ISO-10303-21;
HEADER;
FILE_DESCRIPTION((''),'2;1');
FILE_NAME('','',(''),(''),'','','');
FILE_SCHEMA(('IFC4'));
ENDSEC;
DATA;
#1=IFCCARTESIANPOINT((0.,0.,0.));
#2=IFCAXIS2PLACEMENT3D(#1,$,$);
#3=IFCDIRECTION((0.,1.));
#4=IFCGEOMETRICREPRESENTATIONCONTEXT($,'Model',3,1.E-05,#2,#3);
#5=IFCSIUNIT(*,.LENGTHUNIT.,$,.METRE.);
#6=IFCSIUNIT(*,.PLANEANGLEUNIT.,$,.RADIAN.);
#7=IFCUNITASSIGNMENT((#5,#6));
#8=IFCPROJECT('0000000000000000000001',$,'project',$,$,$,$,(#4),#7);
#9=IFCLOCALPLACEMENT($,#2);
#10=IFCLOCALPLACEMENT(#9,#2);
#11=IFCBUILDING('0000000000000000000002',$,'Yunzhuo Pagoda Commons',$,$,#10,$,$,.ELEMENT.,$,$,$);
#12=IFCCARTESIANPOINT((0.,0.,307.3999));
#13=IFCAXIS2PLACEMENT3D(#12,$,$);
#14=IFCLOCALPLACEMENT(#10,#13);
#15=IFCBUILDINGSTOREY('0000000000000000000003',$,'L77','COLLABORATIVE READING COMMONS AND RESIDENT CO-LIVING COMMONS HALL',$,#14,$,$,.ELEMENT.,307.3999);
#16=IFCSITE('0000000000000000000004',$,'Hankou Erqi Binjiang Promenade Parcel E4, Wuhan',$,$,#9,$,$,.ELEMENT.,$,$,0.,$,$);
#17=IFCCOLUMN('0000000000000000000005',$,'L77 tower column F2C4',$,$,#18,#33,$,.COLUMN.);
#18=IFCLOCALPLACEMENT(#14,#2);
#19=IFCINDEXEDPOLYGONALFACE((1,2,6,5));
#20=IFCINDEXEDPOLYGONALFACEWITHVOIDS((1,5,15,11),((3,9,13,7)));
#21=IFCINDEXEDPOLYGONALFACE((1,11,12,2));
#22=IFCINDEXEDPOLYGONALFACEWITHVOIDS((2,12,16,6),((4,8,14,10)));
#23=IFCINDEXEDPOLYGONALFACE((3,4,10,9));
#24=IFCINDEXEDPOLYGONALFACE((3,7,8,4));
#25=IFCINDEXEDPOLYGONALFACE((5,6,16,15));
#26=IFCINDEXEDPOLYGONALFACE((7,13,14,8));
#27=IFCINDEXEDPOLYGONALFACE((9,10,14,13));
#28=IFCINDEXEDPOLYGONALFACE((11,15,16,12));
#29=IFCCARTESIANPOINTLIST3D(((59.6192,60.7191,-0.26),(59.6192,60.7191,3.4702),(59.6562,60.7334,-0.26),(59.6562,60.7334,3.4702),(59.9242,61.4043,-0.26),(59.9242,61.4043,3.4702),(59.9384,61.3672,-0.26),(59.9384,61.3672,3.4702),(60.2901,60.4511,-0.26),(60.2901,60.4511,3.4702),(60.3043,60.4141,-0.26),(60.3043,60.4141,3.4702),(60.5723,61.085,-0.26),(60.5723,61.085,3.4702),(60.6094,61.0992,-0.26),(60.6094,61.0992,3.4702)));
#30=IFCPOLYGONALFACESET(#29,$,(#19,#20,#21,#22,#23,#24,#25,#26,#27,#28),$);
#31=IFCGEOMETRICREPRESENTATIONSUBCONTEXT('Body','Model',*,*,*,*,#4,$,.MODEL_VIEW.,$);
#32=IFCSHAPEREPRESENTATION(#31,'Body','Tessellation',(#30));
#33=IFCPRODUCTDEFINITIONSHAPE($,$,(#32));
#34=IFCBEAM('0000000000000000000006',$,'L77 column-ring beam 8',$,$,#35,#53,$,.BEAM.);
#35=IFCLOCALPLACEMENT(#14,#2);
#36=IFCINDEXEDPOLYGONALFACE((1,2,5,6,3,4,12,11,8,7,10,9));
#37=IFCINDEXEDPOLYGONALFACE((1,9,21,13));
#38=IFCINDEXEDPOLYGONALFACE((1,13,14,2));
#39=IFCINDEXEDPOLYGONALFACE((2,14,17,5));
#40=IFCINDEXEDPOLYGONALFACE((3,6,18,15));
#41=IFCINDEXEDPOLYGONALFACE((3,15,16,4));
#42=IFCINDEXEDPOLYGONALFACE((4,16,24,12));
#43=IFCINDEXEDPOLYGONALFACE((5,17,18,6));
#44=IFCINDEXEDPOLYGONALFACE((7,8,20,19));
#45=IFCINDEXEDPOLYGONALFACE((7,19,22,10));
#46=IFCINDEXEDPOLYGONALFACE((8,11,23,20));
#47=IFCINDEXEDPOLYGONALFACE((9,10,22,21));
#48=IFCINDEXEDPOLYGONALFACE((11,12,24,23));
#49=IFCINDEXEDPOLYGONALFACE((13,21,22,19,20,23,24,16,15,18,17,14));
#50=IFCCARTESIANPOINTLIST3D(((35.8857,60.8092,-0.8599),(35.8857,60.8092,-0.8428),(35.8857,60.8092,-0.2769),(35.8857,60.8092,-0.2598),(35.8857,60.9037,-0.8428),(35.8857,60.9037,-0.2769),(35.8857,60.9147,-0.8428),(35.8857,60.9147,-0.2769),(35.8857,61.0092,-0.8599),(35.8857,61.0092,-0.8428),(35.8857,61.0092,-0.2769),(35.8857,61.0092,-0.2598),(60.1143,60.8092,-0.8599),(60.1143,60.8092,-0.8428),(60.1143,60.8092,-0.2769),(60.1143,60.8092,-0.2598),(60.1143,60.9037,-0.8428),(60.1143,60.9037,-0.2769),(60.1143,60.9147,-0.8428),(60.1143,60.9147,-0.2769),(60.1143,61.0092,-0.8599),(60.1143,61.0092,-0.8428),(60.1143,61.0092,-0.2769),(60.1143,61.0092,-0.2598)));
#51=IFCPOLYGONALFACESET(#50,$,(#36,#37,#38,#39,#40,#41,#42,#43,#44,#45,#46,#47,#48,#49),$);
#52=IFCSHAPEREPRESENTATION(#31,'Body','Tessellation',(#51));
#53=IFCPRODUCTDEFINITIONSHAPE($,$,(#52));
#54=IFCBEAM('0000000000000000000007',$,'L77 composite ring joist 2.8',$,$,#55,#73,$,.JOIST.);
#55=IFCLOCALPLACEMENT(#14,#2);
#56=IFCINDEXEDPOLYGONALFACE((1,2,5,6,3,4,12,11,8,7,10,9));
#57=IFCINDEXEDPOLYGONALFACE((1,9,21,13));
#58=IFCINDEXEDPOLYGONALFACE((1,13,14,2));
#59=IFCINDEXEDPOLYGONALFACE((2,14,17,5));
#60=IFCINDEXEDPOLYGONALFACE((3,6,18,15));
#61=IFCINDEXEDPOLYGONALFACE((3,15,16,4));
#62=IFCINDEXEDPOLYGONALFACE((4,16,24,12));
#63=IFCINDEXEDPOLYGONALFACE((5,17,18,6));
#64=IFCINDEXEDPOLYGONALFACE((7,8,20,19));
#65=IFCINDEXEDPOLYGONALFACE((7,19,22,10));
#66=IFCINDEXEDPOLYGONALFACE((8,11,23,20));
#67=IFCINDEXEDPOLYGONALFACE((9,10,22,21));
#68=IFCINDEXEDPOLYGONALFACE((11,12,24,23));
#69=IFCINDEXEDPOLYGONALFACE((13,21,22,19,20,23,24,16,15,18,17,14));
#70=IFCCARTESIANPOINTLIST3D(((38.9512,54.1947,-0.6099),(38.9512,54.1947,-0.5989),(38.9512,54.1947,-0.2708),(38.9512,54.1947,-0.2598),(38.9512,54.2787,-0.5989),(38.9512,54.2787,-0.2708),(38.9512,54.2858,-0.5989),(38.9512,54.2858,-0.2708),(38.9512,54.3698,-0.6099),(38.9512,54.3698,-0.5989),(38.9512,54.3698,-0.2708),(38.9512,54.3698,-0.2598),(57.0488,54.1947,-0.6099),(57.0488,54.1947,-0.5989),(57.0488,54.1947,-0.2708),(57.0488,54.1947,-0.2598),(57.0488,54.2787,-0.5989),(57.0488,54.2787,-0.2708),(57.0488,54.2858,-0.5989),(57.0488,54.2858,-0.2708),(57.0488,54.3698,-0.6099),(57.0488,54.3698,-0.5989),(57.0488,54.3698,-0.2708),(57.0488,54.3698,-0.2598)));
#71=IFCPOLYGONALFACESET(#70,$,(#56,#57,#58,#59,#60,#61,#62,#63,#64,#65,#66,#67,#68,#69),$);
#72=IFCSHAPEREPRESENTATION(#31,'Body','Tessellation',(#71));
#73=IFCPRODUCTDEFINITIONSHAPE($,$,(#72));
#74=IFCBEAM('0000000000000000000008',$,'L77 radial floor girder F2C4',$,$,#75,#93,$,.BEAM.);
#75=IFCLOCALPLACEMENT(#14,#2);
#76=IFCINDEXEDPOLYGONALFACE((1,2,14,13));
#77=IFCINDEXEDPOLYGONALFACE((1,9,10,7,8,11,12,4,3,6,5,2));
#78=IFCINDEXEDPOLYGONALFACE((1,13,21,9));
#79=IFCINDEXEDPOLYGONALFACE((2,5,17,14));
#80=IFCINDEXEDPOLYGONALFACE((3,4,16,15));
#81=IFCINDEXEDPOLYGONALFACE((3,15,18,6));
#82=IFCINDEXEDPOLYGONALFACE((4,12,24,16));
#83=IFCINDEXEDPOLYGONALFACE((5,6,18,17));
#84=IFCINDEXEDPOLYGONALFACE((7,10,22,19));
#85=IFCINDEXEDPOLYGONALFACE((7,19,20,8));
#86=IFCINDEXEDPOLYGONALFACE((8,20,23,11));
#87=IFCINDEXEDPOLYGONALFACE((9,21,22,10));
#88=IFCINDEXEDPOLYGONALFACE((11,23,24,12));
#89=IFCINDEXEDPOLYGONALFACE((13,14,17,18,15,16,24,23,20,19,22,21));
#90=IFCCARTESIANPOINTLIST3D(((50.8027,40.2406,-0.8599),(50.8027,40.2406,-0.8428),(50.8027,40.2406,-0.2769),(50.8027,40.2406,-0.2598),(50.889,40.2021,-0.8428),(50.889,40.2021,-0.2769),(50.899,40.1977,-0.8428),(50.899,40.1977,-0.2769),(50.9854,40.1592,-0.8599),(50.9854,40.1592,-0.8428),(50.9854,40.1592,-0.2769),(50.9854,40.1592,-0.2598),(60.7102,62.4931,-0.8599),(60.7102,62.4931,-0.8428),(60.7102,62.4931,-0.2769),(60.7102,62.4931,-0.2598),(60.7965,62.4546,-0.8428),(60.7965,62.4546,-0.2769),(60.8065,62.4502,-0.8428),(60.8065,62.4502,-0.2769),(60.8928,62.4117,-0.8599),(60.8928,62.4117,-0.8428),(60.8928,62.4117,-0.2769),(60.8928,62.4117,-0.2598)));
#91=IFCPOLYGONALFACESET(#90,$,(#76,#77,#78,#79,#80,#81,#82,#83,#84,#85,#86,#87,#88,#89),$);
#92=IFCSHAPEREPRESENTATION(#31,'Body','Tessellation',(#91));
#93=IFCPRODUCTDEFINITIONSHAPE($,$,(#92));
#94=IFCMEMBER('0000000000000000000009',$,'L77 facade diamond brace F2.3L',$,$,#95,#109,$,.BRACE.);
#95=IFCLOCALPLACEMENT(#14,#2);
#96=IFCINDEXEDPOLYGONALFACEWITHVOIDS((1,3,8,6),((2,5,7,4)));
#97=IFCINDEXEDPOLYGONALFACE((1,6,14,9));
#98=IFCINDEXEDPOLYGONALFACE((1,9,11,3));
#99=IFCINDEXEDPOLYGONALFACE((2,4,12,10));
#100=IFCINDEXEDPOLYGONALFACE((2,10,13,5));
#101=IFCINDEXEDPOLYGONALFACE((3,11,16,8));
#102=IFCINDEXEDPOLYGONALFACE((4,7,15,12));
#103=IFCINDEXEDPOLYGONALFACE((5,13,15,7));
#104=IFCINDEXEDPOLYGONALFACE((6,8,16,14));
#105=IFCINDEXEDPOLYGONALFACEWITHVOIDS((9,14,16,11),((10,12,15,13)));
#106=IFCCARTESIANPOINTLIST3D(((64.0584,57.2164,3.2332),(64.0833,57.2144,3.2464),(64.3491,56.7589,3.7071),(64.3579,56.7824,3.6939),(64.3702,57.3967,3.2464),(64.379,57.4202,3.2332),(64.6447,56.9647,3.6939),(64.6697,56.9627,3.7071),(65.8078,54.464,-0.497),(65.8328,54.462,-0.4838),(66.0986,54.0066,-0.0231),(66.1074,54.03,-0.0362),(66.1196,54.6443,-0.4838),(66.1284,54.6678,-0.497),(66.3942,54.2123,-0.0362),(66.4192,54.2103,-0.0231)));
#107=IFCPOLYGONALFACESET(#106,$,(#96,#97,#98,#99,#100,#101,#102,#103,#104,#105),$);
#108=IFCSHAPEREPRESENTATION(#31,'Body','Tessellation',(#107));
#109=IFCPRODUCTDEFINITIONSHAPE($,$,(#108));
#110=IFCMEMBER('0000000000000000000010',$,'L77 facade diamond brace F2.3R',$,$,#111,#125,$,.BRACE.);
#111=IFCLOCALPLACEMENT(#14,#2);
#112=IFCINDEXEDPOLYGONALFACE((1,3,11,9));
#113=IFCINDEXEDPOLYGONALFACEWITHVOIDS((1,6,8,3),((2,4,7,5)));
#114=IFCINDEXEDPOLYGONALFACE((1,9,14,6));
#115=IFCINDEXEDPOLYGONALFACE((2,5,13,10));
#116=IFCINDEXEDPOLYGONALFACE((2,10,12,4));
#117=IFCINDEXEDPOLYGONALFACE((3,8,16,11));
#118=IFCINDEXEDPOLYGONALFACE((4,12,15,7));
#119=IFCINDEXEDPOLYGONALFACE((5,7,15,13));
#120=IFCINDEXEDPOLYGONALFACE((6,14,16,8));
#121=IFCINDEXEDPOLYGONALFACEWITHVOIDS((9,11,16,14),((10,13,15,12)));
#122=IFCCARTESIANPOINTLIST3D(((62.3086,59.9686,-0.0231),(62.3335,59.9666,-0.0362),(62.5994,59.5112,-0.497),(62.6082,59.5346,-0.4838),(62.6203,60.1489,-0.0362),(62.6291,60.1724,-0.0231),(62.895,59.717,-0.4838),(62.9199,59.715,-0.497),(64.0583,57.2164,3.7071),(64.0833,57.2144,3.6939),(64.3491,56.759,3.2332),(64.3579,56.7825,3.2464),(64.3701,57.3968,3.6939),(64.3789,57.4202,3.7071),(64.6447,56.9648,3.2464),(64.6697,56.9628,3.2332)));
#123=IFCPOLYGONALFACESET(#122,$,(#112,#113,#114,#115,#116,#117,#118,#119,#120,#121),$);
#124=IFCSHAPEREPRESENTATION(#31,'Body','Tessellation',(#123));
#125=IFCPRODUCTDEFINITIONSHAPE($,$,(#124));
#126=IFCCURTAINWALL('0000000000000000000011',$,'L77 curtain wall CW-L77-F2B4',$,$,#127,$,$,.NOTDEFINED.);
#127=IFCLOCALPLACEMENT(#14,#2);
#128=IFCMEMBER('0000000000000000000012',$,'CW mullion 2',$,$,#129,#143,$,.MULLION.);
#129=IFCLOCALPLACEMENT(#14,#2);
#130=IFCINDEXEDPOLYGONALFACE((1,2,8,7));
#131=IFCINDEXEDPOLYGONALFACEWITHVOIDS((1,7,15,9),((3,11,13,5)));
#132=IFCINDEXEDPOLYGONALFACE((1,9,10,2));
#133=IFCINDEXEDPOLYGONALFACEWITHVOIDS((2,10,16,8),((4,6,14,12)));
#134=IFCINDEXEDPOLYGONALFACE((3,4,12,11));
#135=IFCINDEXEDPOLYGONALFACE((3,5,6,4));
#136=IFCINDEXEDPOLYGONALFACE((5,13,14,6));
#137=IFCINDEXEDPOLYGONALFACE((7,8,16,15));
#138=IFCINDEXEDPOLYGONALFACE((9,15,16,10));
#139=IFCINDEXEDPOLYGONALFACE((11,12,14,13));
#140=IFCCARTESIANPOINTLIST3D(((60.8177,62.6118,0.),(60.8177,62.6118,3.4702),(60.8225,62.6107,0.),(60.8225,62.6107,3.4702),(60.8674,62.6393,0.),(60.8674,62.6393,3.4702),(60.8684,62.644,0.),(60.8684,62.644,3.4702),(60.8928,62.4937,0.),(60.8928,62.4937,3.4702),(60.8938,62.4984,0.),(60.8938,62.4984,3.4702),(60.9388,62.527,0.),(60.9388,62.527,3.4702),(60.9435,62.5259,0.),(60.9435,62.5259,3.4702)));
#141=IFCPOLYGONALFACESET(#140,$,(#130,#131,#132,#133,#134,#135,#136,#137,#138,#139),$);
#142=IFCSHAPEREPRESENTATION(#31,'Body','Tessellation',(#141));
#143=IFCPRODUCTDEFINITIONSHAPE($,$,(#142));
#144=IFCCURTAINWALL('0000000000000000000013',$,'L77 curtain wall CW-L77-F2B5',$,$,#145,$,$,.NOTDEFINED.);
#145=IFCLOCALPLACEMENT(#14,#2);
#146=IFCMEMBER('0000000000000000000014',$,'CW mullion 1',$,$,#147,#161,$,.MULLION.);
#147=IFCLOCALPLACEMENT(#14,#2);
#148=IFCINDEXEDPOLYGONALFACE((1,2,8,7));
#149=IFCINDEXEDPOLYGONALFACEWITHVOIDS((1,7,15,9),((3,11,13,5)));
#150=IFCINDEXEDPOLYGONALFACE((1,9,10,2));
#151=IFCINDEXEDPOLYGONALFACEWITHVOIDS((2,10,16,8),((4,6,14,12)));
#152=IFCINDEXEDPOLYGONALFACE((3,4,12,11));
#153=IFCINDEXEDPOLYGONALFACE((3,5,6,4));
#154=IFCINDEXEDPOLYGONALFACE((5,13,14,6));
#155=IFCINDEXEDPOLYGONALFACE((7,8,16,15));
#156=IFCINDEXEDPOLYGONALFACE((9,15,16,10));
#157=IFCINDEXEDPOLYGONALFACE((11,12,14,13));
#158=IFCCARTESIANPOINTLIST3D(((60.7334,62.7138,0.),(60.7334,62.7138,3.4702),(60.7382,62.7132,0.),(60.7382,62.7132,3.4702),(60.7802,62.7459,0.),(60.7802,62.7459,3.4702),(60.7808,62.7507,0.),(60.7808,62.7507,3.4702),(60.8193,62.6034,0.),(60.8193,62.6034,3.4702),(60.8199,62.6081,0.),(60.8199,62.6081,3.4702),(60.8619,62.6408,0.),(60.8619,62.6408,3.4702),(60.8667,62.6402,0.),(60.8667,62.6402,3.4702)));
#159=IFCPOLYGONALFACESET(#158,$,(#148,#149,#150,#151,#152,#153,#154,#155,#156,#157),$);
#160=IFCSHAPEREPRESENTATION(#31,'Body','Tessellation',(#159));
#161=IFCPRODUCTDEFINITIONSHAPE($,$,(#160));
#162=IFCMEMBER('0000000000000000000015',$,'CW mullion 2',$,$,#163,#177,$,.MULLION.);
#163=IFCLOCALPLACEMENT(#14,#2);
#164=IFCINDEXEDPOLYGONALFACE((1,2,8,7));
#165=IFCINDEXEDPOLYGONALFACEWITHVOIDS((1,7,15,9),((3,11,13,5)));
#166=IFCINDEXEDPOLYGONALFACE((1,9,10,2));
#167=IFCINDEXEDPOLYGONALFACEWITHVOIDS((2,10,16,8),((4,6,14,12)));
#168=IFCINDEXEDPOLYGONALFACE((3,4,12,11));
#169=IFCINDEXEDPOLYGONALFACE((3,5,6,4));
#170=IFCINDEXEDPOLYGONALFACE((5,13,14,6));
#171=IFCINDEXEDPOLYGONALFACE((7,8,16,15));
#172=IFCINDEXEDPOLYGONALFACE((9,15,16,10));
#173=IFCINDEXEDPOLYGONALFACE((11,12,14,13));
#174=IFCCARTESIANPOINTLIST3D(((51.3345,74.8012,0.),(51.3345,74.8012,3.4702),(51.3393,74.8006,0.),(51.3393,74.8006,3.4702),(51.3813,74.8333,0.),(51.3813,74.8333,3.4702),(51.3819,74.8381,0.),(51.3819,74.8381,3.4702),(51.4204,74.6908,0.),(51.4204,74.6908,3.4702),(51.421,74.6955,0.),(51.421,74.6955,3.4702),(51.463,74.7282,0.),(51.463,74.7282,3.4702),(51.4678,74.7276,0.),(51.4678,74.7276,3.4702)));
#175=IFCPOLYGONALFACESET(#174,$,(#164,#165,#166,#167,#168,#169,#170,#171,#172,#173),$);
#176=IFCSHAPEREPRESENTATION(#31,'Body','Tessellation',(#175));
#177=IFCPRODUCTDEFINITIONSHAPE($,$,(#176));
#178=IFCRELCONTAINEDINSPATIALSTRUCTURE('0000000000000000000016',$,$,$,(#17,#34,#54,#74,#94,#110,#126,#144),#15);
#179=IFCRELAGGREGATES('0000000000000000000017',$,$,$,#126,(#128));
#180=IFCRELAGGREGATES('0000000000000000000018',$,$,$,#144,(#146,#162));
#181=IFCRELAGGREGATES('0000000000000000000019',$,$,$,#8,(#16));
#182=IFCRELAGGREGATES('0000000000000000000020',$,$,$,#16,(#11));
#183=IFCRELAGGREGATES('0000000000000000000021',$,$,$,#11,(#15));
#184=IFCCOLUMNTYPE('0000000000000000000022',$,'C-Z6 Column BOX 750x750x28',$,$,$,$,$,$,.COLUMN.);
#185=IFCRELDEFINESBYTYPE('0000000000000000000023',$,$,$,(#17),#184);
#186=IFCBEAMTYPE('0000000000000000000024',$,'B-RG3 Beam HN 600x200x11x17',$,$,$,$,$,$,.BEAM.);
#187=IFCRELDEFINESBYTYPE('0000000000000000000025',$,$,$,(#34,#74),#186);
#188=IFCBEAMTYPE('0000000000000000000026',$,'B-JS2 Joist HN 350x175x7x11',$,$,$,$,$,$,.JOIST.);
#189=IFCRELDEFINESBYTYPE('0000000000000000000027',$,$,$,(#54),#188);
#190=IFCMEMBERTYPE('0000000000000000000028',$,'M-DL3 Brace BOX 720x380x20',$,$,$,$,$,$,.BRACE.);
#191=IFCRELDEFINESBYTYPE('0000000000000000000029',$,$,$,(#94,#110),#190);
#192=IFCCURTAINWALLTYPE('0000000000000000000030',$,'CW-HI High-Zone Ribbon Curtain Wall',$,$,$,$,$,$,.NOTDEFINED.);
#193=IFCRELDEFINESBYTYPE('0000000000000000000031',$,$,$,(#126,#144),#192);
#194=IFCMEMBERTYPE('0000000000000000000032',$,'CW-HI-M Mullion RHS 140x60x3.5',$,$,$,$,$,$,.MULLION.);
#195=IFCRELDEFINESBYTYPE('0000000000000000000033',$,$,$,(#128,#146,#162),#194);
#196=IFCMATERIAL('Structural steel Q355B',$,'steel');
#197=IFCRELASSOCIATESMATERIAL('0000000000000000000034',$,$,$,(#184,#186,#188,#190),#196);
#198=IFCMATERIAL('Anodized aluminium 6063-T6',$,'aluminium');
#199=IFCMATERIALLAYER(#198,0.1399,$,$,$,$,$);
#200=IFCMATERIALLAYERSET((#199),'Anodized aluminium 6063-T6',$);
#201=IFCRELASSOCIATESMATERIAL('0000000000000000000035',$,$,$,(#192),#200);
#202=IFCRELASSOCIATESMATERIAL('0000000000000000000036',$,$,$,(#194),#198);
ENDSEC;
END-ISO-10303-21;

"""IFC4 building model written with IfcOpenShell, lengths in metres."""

from ifc_helpers import new_model, si_unit, direction, frame, origin, origin_2d, place, context, subcontext, project, spatial, hollow_rectangle, i_section, extrude, source, transform, mapped, material, layer, layer_set, material_profile, profile_set, type_object, element, aggregate, save


model = new_model("IFC4")

# Units and contexts
model_context = context("Model", 3, precision=1e-05, world=origin(), true_north=direction((0.0, 1.0)))
body_context = subcontext(model_context, "Body", "Model", "MODEL_VIEW")
ifc_project = project(units=[si_unit("LENGTHUNIT", "METRE"), si_unit("PLANEANGLEUNIT", "RADIAN")], contexts=[model_context])

# Site, building, storey
site_placement = place(None, origin())
site = spatial("IfcSite", under=ifc_project, at=site_placement, Name="Hankou Erqi Binjiang Promenade Parcel E4, Wuhan", CompositionType="ELEMENT", RefElevation=0.0)
building_placement = place(site_placement, origin())
building = spatial("IfcBuilding", under=site, at=building_placement, Name="Yunzhuo Pagoda Commons", CompositionType="ELEMENT")
storey_placement = place(building_placement, frame((0.0, 0.0, 307.3999)))
storey = spatial("IfcBuildingStorey", under=building, at=storey_placement, Name="L77", Description="COLLABORATIVE READING COMMONS AND RESIDENT CO-LIVING COMMONS HALL", CompositionType="ELEMENT", Elevation=307.3999)

# Column
ifc_material_1 = material(Name="Structural steel Q355B", Category="steel")
ifc_material_profile_1 = material_profile(ifc_material_1, hollow_rectangle(XDim=0.75, YDim=0.75, WallThickness=0.0281, at=origin_2d()), Name="Structural steel Q355B")
ifc_profile_set_1 = profile_set([ifc_material_profile_1], Name="Structural steel Q355B")
column_type = type_object("IfcColumnType", Name="C-Z6 Column BOX 750x750x28", PredefinedType="COLUMN", material=ifc_profile_set_1)
shared_shape_1 = source(origin(), body_context, "Body", "SweptSolid", [
    extrude(hollow_rectangle(XDim=0.75, YDim=0.75, WallThickness=0.0281, at=origin_2d()), origin(), (0.0, 0.0, 1.0), 3.7302),
])
column_placement = place(storey_placement, frame((60.1143, 60.9092, -0.26), z_axis=(0.0, 0.0, 1.0), x_axis=(-0.913545, 0.406737, 0.0)))
element("IfcColumn", 1, at=column_placement, inside=storey, type_object=column_type, Name="L77 tower column F2C4", PredefinedType="COLUMN", context=body_context, shape_type="MappedRepresentation", body=[
    mapped(shared_shape_1, transform((0.0, 0.0, 0.0), scale=1.0)),
])

# Beams
ifc_material_profile_2 = material_profile(ifc_material_1, i_section(OverallWidth=0.2, OverallDepth=0.6001, WebThickness=0.011, FlangeThickness=0.0171, at=origin_2d()), Name="Structural steel Q355B")
ifc_profile_set_2 = profile_set([ifc_material_profile_2], Name="Structural steel Q355B")
beam_type_1 = type_object("IfcBeamType", Name="B-RG3 Beam HN 600x200x11x17", PredefinedType="BEAM", material=ifc_profile_set_2)
shared_shape_2 = source(origin(), body_context, "Body", "SweptSolid", [
    extrude(i_section(OverallWidth=0.2, OverallDepth=0.6001, WebThickness=0.011, FlangeThickness=0.0171, at=origin_2d()), origin(), (0.0, 0.0, 1.0), 24.2285),
])
beam_1_placement = place(storey_placement, frame((60.1143, 60.9092, -0.5598), z_axis=(-1.0, 0.0, 0.0), x_axis=(0.0, -1.0, 0.0)))
element("IfcBeam", 2, at=beam_1_placement, inside=storey, type_object=beam_type_1, Name="L77 column-ring beam 8", PredefinedType="BEAM", context=body_context, shape_type="MappedRepresentation", body=[
    mapped(shared_shape_2, transform((0.0, 0.0, 0.0), scale=1.0)),
])
ifc_material_profile_3 = material_profile(ifc_material_1, i_section(OverallWidth=0.175, OverallDepth=0.3501, WebThickness=0.0071, FlangeThickness=0.011, at=origin_2d()), Name="Structural steel Q355B")
ifc_profile_set_3 = profile_set([ifc_material_profile_3], Name="Structural steel Q355B")
beam_type_2 = type_object("IfcBeamType", Name="B-JS2 Joist HN 350x175x7x11", PredefinedType="JOIST", material=ifc_profile_set_3)
shared_shape_3 = source(origin(), body_context, "Body", "SweptSolid", [
    extrude(i_section(OverallWidth=0.175, OverallDepth=0.3501, WebThickness=0.0071, FlangeThickness=0.011, at=origin_2d()), origin(), (0.0, 0.0, 1.0), 18.0977),
])
beam_2_placement = place(storey_placement, frame((57.0488, 54.2822, -0.4348), z_axis=(-1.0, 0.0, 0.0), x_axis=(0.0, -1.0, 0.0)))
element("IfcBeam", 3, at=beam_2_placement, inside=storey, type_object=beam_type_2, Name="L77 composite ring joist 2.8", PredefinedType="JOIST", context=body_context, shape_type="MappedRepresentation", body=[
    mapped(shared_shape_3, transform((0.0, 0.0, 0.0), scale=1.0)),
])
shared_shape_4 = source(origin(), body_context, "Body", "SweptSolid", [
    extrude(i_section(OverallWidth=0.2, OverallDepth=0.6001, WebThickness=0.011, FlangeThickness=0.0171, at=origin_2d()), origin(), (0.0, 0.0, 1.0), 24.3584),
])
beam_3_placement = place(storey_placement, frame((60.8015, 62.4524, -0.5598), z_axis=(-0.406738, -0.913545, 0.0), x_axis=(0.913545, -0.406738, 0.0)))
element("IfcBeam", 4, at=beam_3_placement, inside=storey, type_object=beam_type_1, Name="L77 radial floor girder F2C4", PredefinedType="BEAM", context=body_context, shape_type="MappedRepresentation", body=[
    mapped(shared_shape_4, transform((0.0, 0.0, 0.0), scale=1.0)),
])

# Members
ifc_material_profile_4 = material_profile(ifc_material_1, hollow_rectangle(XDim=0.3799, YDim=0.72, WallThickness=0.02, at=origin_2d()), Name="Structural steel Q355B")
ifc_profile_set_4 = profile_set([ifc_material_profile_4], Name="Structural steel Q355B")
member_type_1 = type_object("IfcMemberType", Name="M-DL3 Brace BOX 720x380x20", PredefinedType="BRACE", material=ifc_profile_set_4)
shared_shape_5 = source(origin(), body_context, "Body", "SweptSolid", [
    extrude(hollow_rectangle(XDim=0.3799, YDim=0.72, WallThickness=0.02, at=origin_2d()), origin(), (0.0, 0.0, 1.0), 4.9548),
])
for number, where, z_axis, x_axis, name in (
    (5, (66.1135, 54.3372, -0.26), (-0.353085, 0.555496, 0.752831), (-0.843945, -0.53643, 0.0), "L77 facade diamond brace F2.3L"),
    (6, (62.6143, 59.8418, -0.26), (0.353138, -0.555452, 0.752839), (0.84389, 0.536517, 0.0), "L77 facade diamond brace F2.3R"),
):
    element("IfcMember", number, at=place(storey_placement, frame(where, z_axis=z_axis, x_axis=x_axis)), inside=storey, type_object=member_type_1, Name=name, PredefinedType="BRACE", context=body_context, shape_type="MappedRepresentation", body=[
        mapped(shared_shape_5, transform((0.0, 0.0, 0.0), scale=1.0)),
    ])

# Curtain wall, member
ifc_material_2 = material(Name="Anodized aluminium 6063-T6", Category="aluminium")
ifc_layer_1 = layer(ifc_material_2, 0.1399)
ifc_layer_set_1 = layer_set([ifc_layer_1], Name="Anodized aluminium 6063-T6")
curtain_wall_type = type_object("IfcCurtainWallType", Name="CW-HI High-Zone Ribbon Curtain Wall", PredefinedType="NOTDEFINED", material=ifc_layer_set_1)
curtain_wall_1_placement = place(storey_placement, origin())
curtain_wall_1 = element("IfcCurtainWall", 7, at=curtain_wall_1_placement, inside=storey, type_object=curtain_wall_type, Name="L77 curtain wall CW-L77-F2B4", PredefinedType="NOTDEFINED")
ifc_material_profile_5 = material_profile(ifc_material_2, hollow_rectangle(XDim=0.0601, YDim=0.1399, WallThickness=0.0034, at=origin_2d()), Name="Anodized aluminium 6063-T6")
ifc_profile_set_5 = profile_set([ifc_material_profile_5], Name="Anodized aluminium 6063-T6")
member_type_2 = type_object("IfcMemberType", Name="CW-HI-M Mullion RHS 140x60x3.5", PredefinedType="MULLION", material=ifc_profile_set_5)
shared_shape_6 = source(origin(), body_context, "Body", "SweptSolid", [
    extrude(hollow_rectangle(XDim=0.0601, YDim=0.1399, WallThickness=0.0034, at=origin_2d()), origin(), (0.0, 0.0, 1.0), 3.4702),
])
member_1_placement = place(storey_placement, frame((60.8806, 62.5688, 0.0), z_axis=(0.0, 0.0, 1.0), x_axis=(-0.84391, -0.536485, 0.0)))
member_1 = element("IfcMember", 8, at=member_1_placement, type_object=member_type_2, Name="CW mullion 2", PredefinedType="MULLION", context=body_context, shape_type="MappedRepresentation", body=[
    mapped(shared_shape_6, transform((0.0, 0.0, 0.0), scale=1.0)),
])

# Curtain wall, members
curtain_wall_2_placement = place(storey_placement, origin())
curtain_wall_2 = element("IfcCurtainWall", 9, at=curtain_wall_2_placement, inside=storey, type_object=curtain_wall_type, Name="L77 curtain wall CW-L77-F2B5", PredefinedType="NOTDEFINED")
member_2_placement = place(storey_placement, frame((60.8, 62.677, 0.0), z_axis=(0.0, 0.0, 1.0), x_axis=(-0.78943, -0.61384, 0.0)))
member_2 = element("IfcMember", 10, at=member_2_placement, type_object=member_type_2, Name="CW mullion 1", PredefinedType="MULLION", context=body_context, shape_type="MappedRepresentation", body=[
    mapped(shared_shape_6, transform((0.0, 0.0, 0.0), scale=1.0)),
])
member_3_placement = place(storey_placement, frame((51.4011, 74.7644, 0.0), z_axis=(0.0, 0.0, 1.0), x_axis=(-0.78943, -0.61384, 0.0)))
member_3 = element("IfcMember", 11, at=member_3_placement, type_object=member_type_2, Name="CW mullion 2", PredefinedType="MULLION", context=body_context, shape_type="MappedRepresentation", body=[
    mapped(shared_shape_6, transform((0.0, 0.0, 0.0), scale=1.0)),
])

aggregate(curtain_wall_1, [member_1])
aggregate(curtain_wall_2, [member_2, member_3])

save(model, "model.ifc")
